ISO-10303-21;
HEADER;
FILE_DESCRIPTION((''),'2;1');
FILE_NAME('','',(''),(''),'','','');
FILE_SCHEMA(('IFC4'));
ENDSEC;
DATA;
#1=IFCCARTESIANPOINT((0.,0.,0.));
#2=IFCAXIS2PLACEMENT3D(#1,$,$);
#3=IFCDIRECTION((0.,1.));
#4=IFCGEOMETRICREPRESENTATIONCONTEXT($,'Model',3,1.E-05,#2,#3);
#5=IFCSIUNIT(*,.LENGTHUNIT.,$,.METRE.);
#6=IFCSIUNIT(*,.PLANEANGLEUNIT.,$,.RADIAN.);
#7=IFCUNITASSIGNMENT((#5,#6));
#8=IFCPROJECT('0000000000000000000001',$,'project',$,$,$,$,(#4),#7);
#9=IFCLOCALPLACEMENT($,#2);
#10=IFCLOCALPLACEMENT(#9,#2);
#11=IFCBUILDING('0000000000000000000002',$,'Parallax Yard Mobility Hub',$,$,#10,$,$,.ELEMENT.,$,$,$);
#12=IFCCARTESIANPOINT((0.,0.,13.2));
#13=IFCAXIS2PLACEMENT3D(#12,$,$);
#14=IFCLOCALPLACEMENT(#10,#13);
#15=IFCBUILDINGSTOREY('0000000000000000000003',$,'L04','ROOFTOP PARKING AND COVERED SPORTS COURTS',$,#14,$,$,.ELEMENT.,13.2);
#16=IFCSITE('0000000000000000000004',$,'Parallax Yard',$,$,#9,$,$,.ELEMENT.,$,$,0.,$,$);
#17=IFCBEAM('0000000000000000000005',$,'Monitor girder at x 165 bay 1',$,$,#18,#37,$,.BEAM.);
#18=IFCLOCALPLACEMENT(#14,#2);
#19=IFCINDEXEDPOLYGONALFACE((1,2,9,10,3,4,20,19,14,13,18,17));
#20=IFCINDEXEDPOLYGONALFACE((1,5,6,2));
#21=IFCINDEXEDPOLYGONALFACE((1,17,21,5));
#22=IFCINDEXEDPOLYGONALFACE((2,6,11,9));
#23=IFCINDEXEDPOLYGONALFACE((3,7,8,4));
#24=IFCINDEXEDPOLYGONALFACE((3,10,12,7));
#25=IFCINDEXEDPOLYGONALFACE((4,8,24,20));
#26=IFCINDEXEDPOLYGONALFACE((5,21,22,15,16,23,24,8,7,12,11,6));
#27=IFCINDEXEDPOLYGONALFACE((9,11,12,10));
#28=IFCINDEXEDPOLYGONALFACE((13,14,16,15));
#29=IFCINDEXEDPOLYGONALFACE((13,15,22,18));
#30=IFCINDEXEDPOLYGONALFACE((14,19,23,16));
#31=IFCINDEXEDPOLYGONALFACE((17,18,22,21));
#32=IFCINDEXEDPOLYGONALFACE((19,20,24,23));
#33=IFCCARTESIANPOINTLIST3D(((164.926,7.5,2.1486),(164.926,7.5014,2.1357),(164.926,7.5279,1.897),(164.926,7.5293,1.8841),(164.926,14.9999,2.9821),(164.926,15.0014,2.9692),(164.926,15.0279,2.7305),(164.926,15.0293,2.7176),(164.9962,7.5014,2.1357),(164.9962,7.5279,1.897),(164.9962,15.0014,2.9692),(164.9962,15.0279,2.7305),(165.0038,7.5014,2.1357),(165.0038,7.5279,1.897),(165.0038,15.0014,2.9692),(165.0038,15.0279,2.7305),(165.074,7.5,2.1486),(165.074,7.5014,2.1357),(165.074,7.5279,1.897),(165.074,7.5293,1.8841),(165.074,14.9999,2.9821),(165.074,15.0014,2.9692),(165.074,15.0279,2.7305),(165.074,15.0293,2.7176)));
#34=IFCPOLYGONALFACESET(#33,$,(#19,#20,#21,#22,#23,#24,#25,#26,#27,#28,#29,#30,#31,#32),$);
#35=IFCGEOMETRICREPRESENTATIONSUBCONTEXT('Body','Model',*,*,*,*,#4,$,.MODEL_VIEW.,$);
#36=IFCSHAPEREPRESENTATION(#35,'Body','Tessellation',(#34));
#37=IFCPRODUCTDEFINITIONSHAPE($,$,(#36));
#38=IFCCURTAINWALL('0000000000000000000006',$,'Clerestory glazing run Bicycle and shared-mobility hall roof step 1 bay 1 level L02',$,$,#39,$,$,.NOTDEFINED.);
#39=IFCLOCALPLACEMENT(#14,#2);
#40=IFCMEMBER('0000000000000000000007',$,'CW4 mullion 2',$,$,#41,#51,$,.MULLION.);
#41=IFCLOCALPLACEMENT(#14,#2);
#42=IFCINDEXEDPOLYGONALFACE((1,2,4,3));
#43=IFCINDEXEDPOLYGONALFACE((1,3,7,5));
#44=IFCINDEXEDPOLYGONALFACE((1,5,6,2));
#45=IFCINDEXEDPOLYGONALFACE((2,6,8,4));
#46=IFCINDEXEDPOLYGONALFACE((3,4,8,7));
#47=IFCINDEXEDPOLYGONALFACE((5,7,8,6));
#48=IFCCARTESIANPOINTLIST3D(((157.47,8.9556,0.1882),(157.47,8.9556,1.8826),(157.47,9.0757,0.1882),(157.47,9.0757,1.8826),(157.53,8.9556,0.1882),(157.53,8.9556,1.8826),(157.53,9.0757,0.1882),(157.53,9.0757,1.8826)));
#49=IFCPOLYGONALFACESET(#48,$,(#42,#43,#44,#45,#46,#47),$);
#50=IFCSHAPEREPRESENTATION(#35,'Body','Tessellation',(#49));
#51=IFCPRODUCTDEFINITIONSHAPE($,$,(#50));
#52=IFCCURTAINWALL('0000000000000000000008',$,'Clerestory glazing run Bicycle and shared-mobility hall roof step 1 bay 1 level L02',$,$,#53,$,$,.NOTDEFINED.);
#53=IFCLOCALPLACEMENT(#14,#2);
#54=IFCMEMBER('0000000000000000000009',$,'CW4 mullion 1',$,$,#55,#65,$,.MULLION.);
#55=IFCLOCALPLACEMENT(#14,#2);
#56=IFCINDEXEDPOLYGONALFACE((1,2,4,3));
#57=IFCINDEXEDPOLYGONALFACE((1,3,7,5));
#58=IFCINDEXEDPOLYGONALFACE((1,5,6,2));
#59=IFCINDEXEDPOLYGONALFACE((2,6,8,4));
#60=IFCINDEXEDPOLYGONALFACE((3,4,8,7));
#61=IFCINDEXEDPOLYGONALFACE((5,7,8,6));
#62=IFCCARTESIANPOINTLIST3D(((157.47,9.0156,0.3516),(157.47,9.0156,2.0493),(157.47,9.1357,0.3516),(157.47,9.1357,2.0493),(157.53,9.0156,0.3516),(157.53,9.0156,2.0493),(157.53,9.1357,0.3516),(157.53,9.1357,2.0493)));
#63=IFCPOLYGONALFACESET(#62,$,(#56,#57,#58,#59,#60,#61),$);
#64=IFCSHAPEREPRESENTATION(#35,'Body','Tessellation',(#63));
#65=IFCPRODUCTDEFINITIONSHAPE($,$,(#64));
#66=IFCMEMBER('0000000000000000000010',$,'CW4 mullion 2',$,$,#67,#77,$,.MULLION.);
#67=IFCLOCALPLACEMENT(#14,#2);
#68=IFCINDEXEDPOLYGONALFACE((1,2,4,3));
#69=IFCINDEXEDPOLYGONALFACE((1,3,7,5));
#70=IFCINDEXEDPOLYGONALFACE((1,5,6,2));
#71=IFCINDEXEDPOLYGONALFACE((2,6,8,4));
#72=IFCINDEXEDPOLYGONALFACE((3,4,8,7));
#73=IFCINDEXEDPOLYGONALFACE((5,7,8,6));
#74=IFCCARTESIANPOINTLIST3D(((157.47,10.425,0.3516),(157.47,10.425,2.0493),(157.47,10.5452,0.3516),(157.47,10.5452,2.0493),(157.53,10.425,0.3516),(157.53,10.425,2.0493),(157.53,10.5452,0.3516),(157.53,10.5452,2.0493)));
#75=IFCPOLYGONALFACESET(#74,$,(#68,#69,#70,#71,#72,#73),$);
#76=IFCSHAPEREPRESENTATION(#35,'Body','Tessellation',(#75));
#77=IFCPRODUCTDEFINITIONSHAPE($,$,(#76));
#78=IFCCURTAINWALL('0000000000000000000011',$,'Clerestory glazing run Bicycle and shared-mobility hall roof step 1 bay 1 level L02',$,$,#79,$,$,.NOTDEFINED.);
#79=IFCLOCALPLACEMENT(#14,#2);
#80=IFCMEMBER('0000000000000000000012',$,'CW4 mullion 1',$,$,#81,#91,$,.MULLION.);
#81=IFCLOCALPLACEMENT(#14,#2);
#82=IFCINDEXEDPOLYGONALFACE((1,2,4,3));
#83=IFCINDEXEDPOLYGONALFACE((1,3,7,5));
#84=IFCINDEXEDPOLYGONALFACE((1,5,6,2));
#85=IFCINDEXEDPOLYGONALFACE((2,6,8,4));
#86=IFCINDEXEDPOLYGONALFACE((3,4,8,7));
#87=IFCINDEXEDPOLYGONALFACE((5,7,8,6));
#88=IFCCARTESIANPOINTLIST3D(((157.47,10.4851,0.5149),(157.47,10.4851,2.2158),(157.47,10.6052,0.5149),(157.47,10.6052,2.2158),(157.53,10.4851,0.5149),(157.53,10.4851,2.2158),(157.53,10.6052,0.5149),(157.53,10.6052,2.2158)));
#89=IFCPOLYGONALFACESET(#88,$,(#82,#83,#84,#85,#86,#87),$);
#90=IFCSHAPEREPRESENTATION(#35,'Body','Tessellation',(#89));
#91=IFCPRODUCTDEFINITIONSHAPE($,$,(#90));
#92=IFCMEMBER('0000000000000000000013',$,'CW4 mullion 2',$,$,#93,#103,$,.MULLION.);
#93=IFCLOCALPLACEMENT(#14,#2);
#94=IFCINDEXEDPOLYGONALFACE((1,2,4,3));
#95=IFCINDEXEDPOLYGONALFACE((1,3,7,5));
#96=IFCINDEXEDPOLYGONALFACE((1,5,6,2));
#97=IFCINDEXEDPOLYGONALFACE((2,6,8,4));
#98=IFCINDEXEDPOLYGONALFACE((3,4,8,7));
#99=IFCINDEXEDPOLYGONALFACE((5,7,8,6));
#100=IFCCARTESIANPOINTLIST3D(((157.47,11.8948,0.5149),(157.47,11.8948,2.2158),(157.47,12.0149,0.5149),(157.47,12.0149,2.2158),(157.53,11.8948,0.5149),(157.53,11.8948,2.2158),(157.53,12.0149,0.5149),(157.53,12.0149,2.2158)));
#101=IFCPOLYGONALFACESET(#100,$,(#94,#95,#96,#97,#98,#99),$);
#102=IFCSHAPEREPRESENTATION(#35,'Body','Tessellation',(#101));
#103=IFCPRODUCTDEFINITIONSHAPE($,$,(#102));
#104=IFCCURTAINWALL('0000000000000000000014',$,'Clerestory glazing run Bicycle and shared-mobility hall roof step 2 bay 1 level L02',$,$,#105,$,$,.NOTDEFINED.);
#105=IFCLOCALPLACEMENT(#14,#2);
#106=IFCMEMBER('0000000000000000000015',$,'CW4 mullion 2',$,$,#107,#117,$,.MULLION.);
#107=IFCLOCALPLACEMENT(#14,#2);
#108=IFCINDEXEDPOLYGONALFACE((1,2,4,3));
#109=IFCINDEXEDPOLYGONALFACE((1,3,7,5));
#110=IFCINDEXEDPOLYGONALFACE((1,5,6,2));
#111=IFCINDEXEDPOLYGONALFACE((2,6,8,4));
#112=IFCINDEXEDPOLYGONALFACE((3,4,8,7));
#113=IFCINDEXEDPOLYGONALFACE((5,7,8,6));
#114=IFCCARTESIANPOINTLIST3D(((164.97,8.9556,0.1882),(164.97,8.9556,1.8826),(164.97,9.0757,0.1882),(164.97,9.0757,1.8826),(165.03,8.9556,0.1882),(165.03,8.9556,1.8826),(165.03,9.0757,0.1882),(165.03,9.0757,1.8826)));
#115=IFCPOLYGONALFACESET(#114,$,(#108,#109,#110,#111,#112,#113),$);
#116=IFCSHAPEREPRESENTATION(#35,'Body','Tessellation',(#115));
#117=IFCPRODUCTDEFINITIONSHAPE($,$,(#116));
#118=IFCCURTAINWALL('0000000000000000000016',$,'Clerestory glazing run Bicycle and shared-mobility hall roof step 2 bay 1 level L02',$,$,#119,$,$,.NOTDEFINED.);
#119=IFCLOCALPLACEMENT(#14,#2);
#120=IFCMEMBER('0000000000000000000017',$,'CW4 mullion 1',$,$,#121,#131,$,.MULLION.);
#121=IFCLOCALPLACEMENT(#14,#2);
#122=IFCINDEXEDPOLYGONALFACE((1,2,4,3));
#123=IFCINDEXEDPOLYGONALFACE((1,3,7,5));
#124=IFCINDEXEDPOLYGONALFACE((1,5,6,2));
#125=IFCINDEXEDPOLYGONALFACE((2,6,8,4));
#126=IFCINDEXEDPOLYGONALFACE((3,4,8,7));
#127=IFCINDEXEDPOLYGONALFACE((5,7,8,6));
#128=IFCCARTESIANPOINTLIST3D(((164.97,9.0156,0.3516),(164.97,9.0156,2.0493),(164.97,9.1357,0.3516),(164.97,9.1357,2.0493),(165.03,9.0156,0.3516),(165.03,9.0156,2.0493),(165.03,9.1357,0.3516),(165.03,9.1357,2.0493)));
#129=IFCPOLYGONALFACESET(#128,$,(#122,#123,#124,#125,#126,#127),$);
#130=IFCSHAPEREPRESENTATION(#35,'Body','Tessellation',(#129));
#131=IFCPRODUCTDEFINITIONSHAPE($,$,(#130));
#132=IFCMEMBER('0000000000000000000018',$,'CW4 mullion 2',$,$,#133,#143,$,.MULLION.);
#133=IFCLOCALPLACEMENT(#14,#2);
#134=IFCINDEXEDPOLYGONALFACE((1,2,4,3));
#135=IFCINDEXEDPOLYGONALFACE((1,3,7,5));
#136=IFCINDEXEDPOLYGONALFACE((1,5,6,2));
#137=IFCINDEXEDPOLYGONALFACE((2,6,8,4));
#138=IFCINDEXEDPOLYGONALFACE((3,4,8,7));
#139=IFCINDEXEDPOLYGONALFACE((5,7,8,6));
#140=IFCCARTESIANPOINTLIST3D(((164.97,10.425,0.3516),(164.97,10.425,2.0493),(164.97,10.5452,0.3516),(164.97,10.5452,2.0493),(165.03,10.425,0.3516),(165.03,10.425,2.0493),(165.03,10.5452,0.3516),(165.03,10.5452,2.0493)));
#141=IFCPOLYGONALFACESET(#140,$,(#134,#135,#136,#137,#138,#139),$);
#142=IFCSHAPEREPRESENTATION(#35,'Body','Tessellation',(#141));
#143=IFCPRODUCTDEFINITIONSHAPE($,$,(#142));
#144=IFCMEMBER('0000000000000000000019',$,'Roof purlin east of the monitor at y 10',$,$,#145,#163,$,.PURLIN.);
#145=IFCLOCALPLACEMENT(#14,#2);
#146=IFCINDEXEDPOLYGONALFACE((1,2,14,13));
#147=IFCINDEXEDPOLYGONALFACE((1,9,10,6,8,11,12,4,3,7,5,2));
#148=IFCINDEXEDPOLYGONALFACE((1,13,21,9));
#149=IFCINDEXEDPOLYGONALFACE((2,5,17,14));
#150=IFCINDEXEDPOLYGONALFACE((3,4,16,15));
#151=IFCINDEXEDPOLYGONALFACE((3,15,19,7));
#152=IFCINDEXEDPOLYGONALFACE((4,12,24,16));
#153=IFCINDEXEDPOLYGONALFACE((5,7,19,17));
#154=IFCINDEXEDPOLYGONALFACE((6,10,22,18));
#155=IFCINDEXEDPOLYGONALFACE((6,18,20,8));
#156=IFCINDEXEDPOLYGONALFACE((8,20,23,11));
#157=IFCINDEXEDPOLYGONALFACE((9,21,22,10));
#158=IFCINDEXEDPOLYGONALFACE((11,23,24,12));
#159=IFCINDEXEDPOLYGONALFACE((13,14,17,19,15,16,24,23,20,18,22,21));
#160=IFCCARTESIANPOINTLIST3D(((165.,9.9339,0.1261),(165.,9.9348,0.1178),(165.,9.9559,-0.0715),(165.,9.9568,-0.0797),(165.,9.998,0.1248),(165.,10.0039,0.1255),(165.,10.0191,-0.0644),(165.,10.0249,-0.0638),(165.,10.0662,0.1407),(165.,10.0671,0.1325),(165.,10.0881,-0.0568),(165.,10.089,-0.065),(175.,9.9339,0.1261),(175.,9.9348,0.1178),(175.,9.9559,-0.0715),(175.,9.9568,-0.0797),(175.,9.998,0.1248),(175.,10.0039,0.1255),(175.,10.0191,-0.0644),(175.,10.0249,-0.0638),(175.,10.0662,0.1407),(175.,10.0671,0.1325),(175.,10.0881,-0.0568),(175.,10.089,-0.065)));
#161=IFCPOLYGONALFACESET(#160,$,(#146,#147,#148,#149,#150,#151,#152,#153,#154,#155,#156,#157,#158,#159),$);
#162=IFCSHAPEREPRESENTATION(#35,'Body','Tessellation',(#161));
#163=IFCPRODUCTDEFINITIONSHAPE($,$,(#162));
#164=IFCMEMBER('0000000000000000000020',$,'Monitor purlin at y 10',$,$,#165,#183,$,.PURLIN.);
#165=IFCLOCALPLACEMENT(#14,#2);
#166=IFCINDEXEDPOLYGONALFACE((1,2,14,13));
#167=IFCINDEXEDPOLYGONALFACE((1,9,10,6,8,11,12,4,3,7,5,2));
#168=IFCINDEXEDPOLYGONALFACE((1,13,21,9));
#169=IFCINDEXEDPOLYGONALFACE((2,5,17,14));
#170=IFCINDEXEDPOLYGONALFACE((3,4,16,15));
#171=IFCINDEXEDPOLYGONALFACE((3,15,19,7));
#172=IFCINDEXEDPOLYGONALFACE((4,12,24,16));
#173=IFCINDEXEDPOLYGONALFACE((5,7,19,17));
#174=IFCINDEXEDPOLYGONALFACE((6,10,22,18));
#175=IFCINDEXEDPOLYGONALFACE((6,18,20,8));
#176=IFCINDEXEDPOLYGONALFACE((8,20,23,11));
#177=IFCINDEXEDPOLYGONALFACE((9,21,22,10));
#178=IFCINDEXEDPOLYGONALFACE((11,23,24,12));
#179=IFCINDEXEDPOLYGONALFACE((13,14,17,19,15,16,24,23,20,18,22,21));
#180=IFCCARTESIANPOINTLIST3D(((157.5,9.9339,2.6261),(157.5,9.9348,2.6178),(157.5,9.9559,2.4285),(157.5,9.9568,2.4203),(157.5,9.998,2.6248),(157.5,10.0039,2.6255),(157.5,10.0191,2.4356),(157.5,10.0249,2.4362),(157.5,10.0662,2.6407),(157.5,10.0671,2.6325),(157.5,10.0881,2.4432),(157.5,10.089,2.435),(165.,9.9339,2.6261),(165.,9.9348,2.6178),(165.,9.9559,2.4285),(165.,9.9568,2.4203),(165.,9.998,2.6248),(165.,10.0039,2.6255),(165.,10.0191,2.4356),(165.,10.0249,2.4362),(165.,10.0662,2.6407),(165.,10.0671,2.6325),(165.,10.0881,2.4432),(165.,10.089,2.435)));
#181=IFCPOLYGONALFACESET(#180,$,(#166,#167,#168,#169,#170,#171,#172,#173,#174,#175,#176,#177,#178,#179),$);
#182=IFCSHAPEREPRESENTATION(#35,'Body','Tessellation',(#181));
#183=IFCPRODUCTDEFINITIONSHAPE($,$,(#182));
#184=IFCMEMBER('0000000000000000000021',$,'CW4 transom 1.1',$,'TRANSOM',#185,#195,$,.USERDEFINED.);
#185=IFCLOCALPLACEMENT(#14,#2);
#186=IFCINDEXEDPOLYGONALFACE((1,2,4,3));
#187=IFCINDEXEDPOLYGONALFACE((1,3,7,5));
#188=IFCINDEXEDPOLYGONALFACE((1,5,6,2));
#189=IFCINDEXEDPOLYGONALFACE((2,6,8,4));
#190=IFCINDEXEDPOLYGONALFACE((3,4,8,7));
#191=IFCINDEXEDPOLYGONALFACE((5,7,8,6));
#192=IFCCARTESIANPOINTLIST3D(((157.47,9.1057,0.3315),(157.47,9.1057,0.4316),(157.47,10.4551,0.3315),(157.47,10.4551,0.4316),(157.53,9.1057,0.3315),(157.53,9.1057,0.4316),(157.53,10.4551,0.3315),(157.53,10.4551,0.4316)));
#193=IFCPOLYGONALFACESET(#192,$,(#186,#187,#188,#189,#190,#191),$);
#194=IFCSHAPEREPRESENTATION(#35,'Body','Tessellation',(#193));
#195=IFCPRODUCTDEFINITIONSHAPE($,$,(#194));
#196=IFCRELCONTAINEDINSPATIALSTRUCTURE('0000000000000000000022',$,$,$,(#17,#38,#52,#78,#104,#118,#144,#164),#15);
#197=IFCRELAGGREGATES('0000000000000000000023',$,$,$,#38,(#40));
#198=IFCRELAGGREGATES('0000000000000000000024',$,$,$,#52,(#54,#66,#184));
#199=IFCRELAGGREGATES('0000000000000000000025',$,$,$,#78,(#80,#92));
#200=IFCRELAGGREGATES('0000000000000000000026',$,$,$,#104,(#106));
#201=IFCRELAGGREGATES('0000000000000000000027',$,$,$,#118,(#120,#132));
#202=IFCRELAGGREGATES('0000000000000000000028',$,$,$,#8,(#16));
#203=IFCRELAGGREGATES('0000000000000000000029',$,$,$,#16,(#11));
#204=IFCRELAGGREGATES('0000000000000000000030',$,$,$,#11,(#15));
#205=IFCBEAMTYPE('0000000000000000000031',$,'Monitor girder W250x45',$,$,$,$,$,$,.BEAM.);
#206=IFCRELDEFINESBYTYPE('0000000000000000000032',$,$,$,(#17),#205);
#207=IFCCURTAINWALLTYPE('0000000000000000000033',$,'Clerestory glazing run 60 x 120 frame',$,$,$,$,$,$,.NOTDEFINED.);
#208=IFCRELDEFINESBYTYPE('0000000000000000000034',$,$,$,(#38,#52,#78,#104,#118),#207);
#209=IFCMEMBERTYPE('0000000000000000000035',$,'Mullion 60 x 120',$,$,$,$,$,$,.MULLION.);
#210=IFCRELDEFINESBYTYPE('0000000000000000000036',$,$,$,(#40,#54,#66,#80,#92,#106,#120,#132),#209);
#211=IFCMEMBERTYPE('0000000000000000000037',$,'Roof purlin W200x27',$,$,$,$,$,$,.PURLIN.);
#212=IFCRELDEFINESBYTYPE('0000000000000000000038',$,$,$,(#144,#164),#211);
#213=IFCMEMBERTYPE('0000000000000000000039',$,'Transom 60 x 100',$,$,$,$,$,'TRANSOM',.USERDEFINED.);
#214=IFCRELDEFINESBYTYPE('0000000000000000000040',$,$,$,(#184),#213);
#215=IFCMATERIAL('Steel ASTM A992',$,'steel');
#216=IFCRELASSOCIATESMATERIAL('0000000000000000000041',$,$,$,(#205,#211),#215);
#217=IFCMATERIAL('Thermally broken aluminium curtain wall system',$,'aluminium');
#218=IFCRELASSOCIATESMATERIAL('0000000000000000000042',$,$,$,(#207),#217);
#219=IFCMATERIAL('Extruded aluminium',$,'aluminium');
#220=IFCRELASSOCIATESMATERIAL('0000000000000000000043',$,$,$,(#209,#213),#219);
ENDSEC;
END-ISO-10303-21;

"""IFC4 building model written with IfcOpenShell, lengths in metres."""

from ifc_helpers import new_model, si_unit, direction, frame, origin, origin_2d, place, context, subcontext, project, spatial, rectangle, i_section, extrude, material, material_profile, profile_set, type_object, element, aggregate, save


model = new_model("IFC4")

# Units and contexts
model_context = context("Model", 3, precision=1e-05, world=origin(), true_north=direction((0.0, 1.0)))
body_context = subcontext(model_context, "Body", "Model", "MODEL_VIEW")
ifc_project = project(units=[si_unit("LENGTHUNIT", "METRE"), si_unit("PLANEANGLEUNIT", "RADIAN")], contexts=[model_context])

# Site, building, storey
site_placement = place(None, origin())
site = spatial("IfcSite", under=ifc_project, at=site_placement, Name="Parallax Yard", CompositionType="ELEMENT", RefElevation=0.0)
building_placement = place(site_placement, origin())
building = spatial("IfcBuilding", under=site, at=building_placement, Name="Parallax Yard Mobility Hub", CompositionType="ELEMENT")
storey_placement = place(building_placement, frame((0.0, 0.0, 13.2)))
storey = spatial("IfcBuildingStorey", under=building, at=storey_placement, Name="L04", Description="ROOFTOP PARKING AND COVERED SPORTS COURTS", CompositionType="ELEMENT", Elevation=13.2)

# Beam
ifc_material_1 = material(Name="Steel ASTM A992", Category="steel")
ifc_material_profile_1 = material_profile(ifc_material_1, i_section(OverallWidth=0.1479, OverallDepth=0.2661, WebThickness=0.0076, FlangeThickness=0.0129, at=origin_2d()), Name="W250x45")
ifc_profile_set_1 = profile_set([ifc_material_profile_1], Name="Steel ASTM A992")
beam_type = type_object("IfcBeamType", Name="Monitor girder W250x45", PredefinedType="BEAM", material=ifc_profile_set_1)
beam_placement = place(storey_placement, frame((165.0, 7.5146, 2.0164), z_axis=(0.0, 0.993881, 0.110453), x_axis=(-1.0, 0.0, 0.0)))
element("IfcBeam", 1, at=beam_placement, inside=storey, type_object=beam_type, Name="Monitor girder at x 165 bay 1", PredefinedType="BEAM", context=body_context, shape_type="SweptSolid", body=[
    extrude(i_section(OverallWidth=0.1479, OverallDepth=0.2661, WebThickness=0.0076, FlangeThickness=0.0129, at=origin_2d()), origin(), (0.0, 0.0, 1.0), 7.5461),
])

# Curtain wall, member
ifc_material_2 = material(Name="Thermally broken aluminium curtain wall system", Category="aluminium")
curtain_wall_type = type_object("IfcCurtainWallType", Name="Clerestory glazing run 60 x 120 frame", PredefinedType="NOTDEFINED", material=ifc_material_2)
curtain_wall_1_placement = place(storey_placement, origin())
curtain_wall_1 = element("IfcCurtainWall", 2, at=curtain_wall_1_placement, inside=storey, type_object=curtain_wall_type, Name="Clerestory glazing run Bicycle and shared-mobility hall roof step 1 bay 1 level L02", PredefinedType="NOTDEFINED")
ifc_material_3 = material(Name="Extruded aluminium", Category="aluminium")
ifc_material_profile_2 = material_profile(ifc_material_3, rectangle(XDim=0.0601, YDim=0.1201, at=origin_2d()), Name="Mullion 60 x 120")
ifc_profile_set_2 = profile_set([ifc_material_profile_2], Name="Extruded aluminium")
member_type_1 = type_object("IfcMemberType", Name="Mullion 60 x 120", PredefinedType="MULLION", material=ifc_profile_set_2)
member_1_placement = place(storey_placement, frame((157.5, 9.0156, 0.1882), z_axis=(0.0, 0.0, 1.0), x_axis=(-1.0, 0.0, 0.0)))
member_1 = element("IfcMember", 3, at=member_1_placement, type_object=member_type_1, Name="CW4 mullion 2", PredefinedType="MULLION", context=body_context, shape_type="SweptSolid", body=[
    extrude(rectangle(XDim=0.0601, YDim=0.1201, at=origin_2d()), origin(), (0.0, 0.0, 1.0), 1.6943),
])

# Curtain walls, members
curtain_wall_2_placement = place(storey_placement, origin())
curtain_wall_2 = element("IfcCurtainWall", 4, at=curtain_wall_2_placement, inside=storey, type_object=curtain_wall_type, Name="Clerestory glazing run Bicycle and shared-mobility hall roof step 1 bay 1 level L02", PredefinedType="NOTDEFINED")
member_2_placement = place(storey_placement, frame((157.5, 9.0757, 0.3516), z_axis=(0.0, 0.0, 1.0), x_axis=(-1.0, 0.0, 0.0)))
member_2 = element("IfcMember", 5, at=member_2_placement, type_object=member_type_1, Name="CW4 mullion 1", PredefinedType="MULLION", context=body_context, shape_type="SweptSolid", body=[
    extrude(rectangle(XDim=0.0601, YDim=0.1201, at=origin_2d()), origin(), (0.0, 0.0, 1.0), 1.6978),
])
member_3_placement = place(storey_placement, frame((157.5, 10.4851, 0.3516), z_axis=(0.0, 0.0, 1.0), x_axis=(-1.0, 0.0, 0.0)))
member_3 = element("IfcMember", 6, at=member_3_placement, type_object=member_type_1, Name="CW4 mullion 2", PredefinedType="MULLION", context=body_context, shape_type="SweptSolid", body=[
    extrude(rectangle(XDim=0.0601, YDim=0.1201, at=origin_2d()), origin(), (0.0, 0.0, 1.0), 1.6978),
])
curtain_wall_3_placement = place(storey_placement, origin())
curtain_wall_3 = element("IfcCurtainWall", 7, at=curtain_wall_3_placement, inside=storey, type_object=curtain_wall_type, Name="Clerestory glazing run Bicycle and shared-mobility hall roof step 1 bay 1 level L02", PredefinedType="NOTDEFINED")
member_4_placement = place(storey_placement, frame((157.5, 10.5452, 0.5149), z_axis=(0.0, 0.0, 1.0), x_axis=(-1.0, 0.0, 0.0)))
member_4 = element("IfcMember", 8, at=member_4_placement, type_object=member_type_1, Name="CW4 mullion 1", PredefinedType="MULLION", context=body_context, shape_type="SweptSolid", body=[
    extrude(rectangle(XDim=0.0601, YDim=0.1201, at=origin_2d()), origin(), (0.0, 0.0, 1.0), 1.7009),
])
member_5_placement = place(storey_placement, frame((157.5, 11.9548, 0.5149), z_axis=(0.0, 0.0, 1.0), x_axis=(-1.0, 0.0, 0.0)))
member_5 = element("IfcMember", 9, at=member_5_placement, type_object=member_type_1, Name="CW4 mullion 2", PredefinedType="MULLION", context=body_context, shape_type="SweptSolid", body=[
    extrude(rectangle(XDim=0.0601, YDim=0.1201, at=origin_2d()), origin(), (0.0, 0.0, 1.0), 1.7009),
])

# Curtain wall, member
curtain_wall_4_placement = place(storey_placement, origin())
curtain_wall_4 = element("IfcCurtainWall", 10, at=curtain_wall_4_placement, inside=storey, type_object=curtain_wall_type, Name="Clerestory glazing run Bicycle and shared-mobility hall roof step 2 bay 1 level L02", PredefinedType="NOTDEFINED")
member_6_placement = place(storey_placement, frame((165.0, 9.0156, 0.1882), z_axis=(0.0, 0.0, 1.0), x_axis=(-1.0, 0.0, 0.0)))
member_6 = element("IfcMember", 11, at=member_6_placement, type_object=member_type_1, Name="CW4 mullion 2", PredefinedType="MULLION", context=body_context, shape_type="SweptSolid", body=[
    extrude(rectangle(XDim=0.0601, YDim=0.1201, at=origin_2d()), origin(), (0.0, 0.0, 1.0), 1.6943),
])

# Curtain wall, members
curtain_wall_5_placement = place(storey_placement, origin())
curtain_wall_5 = element("IfcCurtainWall", 12, at=curtain_wall_5_placement, inside=storey, type_object=curtain_wall_type, Name="Clerestory glazing run Bicycle and shared-mobility hall roof step 2 bay 1 level L02", PredefinedType="NOTDEFINED")
member_7_placement = place(storey_placement, frame((165.0, 9.0757, 0.3516), z_axis=(0.0, 0.0, 1.0), x_axis=(-1.0, 0.0, 0.0)))
member_7 = element("IfcMember", 13, at=member_7_placement, type_object=member_type_1, Name="CW4 mullion 1", PredefinedType="MULLION", context=body_context, shape_type="SweptSolid", body=[
    extrude(rectangle(XDim=0.0601, YDim=0.1201, at=origin_2d()), origin(), (0.0, 0.0, 1.0), 1.6978),
])
member_8_placement = place(storey_placement, frame((165.0, 10.4851, 0.3516), z_axis=(0.0, 0.0, 1.0), x_axis=(-1.0, 0.0, 0.0)))
member_8 = element("IfcMember", 14, at=member_8_placement, type_object=member_type_1, Name="CW4 mullion 2", PredefinedType="MULLION", context=body_context, shape_type="SweptSolid", body=[
    extrude(rectangle(XDim=0.0601, YDim=0.1201, at=origin_2d()), origin(), (0.0, 0.0, 1.0), 1.6978),
])

# Members
ifc_material_profile_3 = material_profile(ifc_material_1, i_section(OverallWidth=0.1331, OverallDepth=0.207, WebThickness=0.0059, FlangeThickness=0.0083, at=origin_2d()), Name="W200x27")
ifc_profile_set_3 = profile_set([ifc_material_profile_3], Name="Steel ASTM A992")
member_type_2 = type_object("IfcMemberType", Name="Roof purlin W200x27", PredefinedType="PURLIN", material=ifc_profile_set_3)
member_9_placement = place(storey_placement, frame((165.0, 10.0115, 0.0305), z_axis=(1.0, 0.0, 0.0), x_axis=(0.0, 0.993884, 0.110432)))
element("IfcMember", 15, at=member_9_placement, inside=storey, type_object=member_type_2, Name="Roof purlin east of the monitor at y 10", PredefinedType="PURLIN", context=body_context, shape_type="SweptSolid", body=[
    extrude(i_section(OverallWidth=0.1331, OverallDepth=0.207, WebThickness=0.0059, FlangeThickness=0.0083, at=origin_2d()), origin(), (0.0, 0.0, 1.0), 10.0),
])
member_10_placement = place(storey_placement, frame((157.5, 10.0115, 2.5305), z_axis=(1.0, 0.0, 0.0), x_axis=(0.0, 0.993884, 0.110432)))
element("IfcMember", 16, at=member_10_placement, inside=storey, type_object=member_type_2, Name="Monitor purlin at y 10", PredefinedType="PURLIN", context=body_context, shape_type="SweptSolid", body=[
    extrude(i_section(OverallWidth=0.1331, OverallDepth=0.207, WebThickness=0.0059, FlangeThickness=0.0083, at=origin_2d()), origin(), (0.0, 0.0, 1.0), 7.5),
])

# Member
ifc_material_profile_4 = material_profile(ifc_material_3, rectangle(XDim=0.0601, YDim=0.1001, at=origin_2d()), Name="Transom 60 x 100")
ifc_profile_set_4 = profile_set([ifc_material_profile_4], Name="Extruded aluminium")
member_type_3 = type_object("IfcMemberType", Name="Transom 60 x 100", ElementType="TRANSOM", PredefinedType="USERDEFINED", material=ifc_profile_set_4)
member_11_placement = place(storey_placement, frame((157.5, 9.1057, 0.3816), z_axis=(0.0, 1.0, 0.0), x_axis=(-1.0, 0.0, 0.0)))
member_11 = element("IfcMember", 17, at=member_11_placement, type_object=member_type_3, Name="CW4 transom 1.1", ObjectType="TRANSOM", PredefinedType="USERDEFINED", context=body_context, shape_type="SweptSolid", body=[
    extrude(rectangle(XDim=0.0601, YDim=0.1001, at=origin_2d()), origin(), (0.0, 0.0, 1.0), 1.3494),
])

aggregate(curtain_wall_1, [member_1])
aggregate(curtain_wall_2, [member_2, member_3, member_11])
aggregate(curtain_wall_3, [member_4, member_5])
aggregate(curtain_wall_4, [member_6])
aggregate(curtain_wall_5, [member_7, member_8])

save(model, "model.ifc")
